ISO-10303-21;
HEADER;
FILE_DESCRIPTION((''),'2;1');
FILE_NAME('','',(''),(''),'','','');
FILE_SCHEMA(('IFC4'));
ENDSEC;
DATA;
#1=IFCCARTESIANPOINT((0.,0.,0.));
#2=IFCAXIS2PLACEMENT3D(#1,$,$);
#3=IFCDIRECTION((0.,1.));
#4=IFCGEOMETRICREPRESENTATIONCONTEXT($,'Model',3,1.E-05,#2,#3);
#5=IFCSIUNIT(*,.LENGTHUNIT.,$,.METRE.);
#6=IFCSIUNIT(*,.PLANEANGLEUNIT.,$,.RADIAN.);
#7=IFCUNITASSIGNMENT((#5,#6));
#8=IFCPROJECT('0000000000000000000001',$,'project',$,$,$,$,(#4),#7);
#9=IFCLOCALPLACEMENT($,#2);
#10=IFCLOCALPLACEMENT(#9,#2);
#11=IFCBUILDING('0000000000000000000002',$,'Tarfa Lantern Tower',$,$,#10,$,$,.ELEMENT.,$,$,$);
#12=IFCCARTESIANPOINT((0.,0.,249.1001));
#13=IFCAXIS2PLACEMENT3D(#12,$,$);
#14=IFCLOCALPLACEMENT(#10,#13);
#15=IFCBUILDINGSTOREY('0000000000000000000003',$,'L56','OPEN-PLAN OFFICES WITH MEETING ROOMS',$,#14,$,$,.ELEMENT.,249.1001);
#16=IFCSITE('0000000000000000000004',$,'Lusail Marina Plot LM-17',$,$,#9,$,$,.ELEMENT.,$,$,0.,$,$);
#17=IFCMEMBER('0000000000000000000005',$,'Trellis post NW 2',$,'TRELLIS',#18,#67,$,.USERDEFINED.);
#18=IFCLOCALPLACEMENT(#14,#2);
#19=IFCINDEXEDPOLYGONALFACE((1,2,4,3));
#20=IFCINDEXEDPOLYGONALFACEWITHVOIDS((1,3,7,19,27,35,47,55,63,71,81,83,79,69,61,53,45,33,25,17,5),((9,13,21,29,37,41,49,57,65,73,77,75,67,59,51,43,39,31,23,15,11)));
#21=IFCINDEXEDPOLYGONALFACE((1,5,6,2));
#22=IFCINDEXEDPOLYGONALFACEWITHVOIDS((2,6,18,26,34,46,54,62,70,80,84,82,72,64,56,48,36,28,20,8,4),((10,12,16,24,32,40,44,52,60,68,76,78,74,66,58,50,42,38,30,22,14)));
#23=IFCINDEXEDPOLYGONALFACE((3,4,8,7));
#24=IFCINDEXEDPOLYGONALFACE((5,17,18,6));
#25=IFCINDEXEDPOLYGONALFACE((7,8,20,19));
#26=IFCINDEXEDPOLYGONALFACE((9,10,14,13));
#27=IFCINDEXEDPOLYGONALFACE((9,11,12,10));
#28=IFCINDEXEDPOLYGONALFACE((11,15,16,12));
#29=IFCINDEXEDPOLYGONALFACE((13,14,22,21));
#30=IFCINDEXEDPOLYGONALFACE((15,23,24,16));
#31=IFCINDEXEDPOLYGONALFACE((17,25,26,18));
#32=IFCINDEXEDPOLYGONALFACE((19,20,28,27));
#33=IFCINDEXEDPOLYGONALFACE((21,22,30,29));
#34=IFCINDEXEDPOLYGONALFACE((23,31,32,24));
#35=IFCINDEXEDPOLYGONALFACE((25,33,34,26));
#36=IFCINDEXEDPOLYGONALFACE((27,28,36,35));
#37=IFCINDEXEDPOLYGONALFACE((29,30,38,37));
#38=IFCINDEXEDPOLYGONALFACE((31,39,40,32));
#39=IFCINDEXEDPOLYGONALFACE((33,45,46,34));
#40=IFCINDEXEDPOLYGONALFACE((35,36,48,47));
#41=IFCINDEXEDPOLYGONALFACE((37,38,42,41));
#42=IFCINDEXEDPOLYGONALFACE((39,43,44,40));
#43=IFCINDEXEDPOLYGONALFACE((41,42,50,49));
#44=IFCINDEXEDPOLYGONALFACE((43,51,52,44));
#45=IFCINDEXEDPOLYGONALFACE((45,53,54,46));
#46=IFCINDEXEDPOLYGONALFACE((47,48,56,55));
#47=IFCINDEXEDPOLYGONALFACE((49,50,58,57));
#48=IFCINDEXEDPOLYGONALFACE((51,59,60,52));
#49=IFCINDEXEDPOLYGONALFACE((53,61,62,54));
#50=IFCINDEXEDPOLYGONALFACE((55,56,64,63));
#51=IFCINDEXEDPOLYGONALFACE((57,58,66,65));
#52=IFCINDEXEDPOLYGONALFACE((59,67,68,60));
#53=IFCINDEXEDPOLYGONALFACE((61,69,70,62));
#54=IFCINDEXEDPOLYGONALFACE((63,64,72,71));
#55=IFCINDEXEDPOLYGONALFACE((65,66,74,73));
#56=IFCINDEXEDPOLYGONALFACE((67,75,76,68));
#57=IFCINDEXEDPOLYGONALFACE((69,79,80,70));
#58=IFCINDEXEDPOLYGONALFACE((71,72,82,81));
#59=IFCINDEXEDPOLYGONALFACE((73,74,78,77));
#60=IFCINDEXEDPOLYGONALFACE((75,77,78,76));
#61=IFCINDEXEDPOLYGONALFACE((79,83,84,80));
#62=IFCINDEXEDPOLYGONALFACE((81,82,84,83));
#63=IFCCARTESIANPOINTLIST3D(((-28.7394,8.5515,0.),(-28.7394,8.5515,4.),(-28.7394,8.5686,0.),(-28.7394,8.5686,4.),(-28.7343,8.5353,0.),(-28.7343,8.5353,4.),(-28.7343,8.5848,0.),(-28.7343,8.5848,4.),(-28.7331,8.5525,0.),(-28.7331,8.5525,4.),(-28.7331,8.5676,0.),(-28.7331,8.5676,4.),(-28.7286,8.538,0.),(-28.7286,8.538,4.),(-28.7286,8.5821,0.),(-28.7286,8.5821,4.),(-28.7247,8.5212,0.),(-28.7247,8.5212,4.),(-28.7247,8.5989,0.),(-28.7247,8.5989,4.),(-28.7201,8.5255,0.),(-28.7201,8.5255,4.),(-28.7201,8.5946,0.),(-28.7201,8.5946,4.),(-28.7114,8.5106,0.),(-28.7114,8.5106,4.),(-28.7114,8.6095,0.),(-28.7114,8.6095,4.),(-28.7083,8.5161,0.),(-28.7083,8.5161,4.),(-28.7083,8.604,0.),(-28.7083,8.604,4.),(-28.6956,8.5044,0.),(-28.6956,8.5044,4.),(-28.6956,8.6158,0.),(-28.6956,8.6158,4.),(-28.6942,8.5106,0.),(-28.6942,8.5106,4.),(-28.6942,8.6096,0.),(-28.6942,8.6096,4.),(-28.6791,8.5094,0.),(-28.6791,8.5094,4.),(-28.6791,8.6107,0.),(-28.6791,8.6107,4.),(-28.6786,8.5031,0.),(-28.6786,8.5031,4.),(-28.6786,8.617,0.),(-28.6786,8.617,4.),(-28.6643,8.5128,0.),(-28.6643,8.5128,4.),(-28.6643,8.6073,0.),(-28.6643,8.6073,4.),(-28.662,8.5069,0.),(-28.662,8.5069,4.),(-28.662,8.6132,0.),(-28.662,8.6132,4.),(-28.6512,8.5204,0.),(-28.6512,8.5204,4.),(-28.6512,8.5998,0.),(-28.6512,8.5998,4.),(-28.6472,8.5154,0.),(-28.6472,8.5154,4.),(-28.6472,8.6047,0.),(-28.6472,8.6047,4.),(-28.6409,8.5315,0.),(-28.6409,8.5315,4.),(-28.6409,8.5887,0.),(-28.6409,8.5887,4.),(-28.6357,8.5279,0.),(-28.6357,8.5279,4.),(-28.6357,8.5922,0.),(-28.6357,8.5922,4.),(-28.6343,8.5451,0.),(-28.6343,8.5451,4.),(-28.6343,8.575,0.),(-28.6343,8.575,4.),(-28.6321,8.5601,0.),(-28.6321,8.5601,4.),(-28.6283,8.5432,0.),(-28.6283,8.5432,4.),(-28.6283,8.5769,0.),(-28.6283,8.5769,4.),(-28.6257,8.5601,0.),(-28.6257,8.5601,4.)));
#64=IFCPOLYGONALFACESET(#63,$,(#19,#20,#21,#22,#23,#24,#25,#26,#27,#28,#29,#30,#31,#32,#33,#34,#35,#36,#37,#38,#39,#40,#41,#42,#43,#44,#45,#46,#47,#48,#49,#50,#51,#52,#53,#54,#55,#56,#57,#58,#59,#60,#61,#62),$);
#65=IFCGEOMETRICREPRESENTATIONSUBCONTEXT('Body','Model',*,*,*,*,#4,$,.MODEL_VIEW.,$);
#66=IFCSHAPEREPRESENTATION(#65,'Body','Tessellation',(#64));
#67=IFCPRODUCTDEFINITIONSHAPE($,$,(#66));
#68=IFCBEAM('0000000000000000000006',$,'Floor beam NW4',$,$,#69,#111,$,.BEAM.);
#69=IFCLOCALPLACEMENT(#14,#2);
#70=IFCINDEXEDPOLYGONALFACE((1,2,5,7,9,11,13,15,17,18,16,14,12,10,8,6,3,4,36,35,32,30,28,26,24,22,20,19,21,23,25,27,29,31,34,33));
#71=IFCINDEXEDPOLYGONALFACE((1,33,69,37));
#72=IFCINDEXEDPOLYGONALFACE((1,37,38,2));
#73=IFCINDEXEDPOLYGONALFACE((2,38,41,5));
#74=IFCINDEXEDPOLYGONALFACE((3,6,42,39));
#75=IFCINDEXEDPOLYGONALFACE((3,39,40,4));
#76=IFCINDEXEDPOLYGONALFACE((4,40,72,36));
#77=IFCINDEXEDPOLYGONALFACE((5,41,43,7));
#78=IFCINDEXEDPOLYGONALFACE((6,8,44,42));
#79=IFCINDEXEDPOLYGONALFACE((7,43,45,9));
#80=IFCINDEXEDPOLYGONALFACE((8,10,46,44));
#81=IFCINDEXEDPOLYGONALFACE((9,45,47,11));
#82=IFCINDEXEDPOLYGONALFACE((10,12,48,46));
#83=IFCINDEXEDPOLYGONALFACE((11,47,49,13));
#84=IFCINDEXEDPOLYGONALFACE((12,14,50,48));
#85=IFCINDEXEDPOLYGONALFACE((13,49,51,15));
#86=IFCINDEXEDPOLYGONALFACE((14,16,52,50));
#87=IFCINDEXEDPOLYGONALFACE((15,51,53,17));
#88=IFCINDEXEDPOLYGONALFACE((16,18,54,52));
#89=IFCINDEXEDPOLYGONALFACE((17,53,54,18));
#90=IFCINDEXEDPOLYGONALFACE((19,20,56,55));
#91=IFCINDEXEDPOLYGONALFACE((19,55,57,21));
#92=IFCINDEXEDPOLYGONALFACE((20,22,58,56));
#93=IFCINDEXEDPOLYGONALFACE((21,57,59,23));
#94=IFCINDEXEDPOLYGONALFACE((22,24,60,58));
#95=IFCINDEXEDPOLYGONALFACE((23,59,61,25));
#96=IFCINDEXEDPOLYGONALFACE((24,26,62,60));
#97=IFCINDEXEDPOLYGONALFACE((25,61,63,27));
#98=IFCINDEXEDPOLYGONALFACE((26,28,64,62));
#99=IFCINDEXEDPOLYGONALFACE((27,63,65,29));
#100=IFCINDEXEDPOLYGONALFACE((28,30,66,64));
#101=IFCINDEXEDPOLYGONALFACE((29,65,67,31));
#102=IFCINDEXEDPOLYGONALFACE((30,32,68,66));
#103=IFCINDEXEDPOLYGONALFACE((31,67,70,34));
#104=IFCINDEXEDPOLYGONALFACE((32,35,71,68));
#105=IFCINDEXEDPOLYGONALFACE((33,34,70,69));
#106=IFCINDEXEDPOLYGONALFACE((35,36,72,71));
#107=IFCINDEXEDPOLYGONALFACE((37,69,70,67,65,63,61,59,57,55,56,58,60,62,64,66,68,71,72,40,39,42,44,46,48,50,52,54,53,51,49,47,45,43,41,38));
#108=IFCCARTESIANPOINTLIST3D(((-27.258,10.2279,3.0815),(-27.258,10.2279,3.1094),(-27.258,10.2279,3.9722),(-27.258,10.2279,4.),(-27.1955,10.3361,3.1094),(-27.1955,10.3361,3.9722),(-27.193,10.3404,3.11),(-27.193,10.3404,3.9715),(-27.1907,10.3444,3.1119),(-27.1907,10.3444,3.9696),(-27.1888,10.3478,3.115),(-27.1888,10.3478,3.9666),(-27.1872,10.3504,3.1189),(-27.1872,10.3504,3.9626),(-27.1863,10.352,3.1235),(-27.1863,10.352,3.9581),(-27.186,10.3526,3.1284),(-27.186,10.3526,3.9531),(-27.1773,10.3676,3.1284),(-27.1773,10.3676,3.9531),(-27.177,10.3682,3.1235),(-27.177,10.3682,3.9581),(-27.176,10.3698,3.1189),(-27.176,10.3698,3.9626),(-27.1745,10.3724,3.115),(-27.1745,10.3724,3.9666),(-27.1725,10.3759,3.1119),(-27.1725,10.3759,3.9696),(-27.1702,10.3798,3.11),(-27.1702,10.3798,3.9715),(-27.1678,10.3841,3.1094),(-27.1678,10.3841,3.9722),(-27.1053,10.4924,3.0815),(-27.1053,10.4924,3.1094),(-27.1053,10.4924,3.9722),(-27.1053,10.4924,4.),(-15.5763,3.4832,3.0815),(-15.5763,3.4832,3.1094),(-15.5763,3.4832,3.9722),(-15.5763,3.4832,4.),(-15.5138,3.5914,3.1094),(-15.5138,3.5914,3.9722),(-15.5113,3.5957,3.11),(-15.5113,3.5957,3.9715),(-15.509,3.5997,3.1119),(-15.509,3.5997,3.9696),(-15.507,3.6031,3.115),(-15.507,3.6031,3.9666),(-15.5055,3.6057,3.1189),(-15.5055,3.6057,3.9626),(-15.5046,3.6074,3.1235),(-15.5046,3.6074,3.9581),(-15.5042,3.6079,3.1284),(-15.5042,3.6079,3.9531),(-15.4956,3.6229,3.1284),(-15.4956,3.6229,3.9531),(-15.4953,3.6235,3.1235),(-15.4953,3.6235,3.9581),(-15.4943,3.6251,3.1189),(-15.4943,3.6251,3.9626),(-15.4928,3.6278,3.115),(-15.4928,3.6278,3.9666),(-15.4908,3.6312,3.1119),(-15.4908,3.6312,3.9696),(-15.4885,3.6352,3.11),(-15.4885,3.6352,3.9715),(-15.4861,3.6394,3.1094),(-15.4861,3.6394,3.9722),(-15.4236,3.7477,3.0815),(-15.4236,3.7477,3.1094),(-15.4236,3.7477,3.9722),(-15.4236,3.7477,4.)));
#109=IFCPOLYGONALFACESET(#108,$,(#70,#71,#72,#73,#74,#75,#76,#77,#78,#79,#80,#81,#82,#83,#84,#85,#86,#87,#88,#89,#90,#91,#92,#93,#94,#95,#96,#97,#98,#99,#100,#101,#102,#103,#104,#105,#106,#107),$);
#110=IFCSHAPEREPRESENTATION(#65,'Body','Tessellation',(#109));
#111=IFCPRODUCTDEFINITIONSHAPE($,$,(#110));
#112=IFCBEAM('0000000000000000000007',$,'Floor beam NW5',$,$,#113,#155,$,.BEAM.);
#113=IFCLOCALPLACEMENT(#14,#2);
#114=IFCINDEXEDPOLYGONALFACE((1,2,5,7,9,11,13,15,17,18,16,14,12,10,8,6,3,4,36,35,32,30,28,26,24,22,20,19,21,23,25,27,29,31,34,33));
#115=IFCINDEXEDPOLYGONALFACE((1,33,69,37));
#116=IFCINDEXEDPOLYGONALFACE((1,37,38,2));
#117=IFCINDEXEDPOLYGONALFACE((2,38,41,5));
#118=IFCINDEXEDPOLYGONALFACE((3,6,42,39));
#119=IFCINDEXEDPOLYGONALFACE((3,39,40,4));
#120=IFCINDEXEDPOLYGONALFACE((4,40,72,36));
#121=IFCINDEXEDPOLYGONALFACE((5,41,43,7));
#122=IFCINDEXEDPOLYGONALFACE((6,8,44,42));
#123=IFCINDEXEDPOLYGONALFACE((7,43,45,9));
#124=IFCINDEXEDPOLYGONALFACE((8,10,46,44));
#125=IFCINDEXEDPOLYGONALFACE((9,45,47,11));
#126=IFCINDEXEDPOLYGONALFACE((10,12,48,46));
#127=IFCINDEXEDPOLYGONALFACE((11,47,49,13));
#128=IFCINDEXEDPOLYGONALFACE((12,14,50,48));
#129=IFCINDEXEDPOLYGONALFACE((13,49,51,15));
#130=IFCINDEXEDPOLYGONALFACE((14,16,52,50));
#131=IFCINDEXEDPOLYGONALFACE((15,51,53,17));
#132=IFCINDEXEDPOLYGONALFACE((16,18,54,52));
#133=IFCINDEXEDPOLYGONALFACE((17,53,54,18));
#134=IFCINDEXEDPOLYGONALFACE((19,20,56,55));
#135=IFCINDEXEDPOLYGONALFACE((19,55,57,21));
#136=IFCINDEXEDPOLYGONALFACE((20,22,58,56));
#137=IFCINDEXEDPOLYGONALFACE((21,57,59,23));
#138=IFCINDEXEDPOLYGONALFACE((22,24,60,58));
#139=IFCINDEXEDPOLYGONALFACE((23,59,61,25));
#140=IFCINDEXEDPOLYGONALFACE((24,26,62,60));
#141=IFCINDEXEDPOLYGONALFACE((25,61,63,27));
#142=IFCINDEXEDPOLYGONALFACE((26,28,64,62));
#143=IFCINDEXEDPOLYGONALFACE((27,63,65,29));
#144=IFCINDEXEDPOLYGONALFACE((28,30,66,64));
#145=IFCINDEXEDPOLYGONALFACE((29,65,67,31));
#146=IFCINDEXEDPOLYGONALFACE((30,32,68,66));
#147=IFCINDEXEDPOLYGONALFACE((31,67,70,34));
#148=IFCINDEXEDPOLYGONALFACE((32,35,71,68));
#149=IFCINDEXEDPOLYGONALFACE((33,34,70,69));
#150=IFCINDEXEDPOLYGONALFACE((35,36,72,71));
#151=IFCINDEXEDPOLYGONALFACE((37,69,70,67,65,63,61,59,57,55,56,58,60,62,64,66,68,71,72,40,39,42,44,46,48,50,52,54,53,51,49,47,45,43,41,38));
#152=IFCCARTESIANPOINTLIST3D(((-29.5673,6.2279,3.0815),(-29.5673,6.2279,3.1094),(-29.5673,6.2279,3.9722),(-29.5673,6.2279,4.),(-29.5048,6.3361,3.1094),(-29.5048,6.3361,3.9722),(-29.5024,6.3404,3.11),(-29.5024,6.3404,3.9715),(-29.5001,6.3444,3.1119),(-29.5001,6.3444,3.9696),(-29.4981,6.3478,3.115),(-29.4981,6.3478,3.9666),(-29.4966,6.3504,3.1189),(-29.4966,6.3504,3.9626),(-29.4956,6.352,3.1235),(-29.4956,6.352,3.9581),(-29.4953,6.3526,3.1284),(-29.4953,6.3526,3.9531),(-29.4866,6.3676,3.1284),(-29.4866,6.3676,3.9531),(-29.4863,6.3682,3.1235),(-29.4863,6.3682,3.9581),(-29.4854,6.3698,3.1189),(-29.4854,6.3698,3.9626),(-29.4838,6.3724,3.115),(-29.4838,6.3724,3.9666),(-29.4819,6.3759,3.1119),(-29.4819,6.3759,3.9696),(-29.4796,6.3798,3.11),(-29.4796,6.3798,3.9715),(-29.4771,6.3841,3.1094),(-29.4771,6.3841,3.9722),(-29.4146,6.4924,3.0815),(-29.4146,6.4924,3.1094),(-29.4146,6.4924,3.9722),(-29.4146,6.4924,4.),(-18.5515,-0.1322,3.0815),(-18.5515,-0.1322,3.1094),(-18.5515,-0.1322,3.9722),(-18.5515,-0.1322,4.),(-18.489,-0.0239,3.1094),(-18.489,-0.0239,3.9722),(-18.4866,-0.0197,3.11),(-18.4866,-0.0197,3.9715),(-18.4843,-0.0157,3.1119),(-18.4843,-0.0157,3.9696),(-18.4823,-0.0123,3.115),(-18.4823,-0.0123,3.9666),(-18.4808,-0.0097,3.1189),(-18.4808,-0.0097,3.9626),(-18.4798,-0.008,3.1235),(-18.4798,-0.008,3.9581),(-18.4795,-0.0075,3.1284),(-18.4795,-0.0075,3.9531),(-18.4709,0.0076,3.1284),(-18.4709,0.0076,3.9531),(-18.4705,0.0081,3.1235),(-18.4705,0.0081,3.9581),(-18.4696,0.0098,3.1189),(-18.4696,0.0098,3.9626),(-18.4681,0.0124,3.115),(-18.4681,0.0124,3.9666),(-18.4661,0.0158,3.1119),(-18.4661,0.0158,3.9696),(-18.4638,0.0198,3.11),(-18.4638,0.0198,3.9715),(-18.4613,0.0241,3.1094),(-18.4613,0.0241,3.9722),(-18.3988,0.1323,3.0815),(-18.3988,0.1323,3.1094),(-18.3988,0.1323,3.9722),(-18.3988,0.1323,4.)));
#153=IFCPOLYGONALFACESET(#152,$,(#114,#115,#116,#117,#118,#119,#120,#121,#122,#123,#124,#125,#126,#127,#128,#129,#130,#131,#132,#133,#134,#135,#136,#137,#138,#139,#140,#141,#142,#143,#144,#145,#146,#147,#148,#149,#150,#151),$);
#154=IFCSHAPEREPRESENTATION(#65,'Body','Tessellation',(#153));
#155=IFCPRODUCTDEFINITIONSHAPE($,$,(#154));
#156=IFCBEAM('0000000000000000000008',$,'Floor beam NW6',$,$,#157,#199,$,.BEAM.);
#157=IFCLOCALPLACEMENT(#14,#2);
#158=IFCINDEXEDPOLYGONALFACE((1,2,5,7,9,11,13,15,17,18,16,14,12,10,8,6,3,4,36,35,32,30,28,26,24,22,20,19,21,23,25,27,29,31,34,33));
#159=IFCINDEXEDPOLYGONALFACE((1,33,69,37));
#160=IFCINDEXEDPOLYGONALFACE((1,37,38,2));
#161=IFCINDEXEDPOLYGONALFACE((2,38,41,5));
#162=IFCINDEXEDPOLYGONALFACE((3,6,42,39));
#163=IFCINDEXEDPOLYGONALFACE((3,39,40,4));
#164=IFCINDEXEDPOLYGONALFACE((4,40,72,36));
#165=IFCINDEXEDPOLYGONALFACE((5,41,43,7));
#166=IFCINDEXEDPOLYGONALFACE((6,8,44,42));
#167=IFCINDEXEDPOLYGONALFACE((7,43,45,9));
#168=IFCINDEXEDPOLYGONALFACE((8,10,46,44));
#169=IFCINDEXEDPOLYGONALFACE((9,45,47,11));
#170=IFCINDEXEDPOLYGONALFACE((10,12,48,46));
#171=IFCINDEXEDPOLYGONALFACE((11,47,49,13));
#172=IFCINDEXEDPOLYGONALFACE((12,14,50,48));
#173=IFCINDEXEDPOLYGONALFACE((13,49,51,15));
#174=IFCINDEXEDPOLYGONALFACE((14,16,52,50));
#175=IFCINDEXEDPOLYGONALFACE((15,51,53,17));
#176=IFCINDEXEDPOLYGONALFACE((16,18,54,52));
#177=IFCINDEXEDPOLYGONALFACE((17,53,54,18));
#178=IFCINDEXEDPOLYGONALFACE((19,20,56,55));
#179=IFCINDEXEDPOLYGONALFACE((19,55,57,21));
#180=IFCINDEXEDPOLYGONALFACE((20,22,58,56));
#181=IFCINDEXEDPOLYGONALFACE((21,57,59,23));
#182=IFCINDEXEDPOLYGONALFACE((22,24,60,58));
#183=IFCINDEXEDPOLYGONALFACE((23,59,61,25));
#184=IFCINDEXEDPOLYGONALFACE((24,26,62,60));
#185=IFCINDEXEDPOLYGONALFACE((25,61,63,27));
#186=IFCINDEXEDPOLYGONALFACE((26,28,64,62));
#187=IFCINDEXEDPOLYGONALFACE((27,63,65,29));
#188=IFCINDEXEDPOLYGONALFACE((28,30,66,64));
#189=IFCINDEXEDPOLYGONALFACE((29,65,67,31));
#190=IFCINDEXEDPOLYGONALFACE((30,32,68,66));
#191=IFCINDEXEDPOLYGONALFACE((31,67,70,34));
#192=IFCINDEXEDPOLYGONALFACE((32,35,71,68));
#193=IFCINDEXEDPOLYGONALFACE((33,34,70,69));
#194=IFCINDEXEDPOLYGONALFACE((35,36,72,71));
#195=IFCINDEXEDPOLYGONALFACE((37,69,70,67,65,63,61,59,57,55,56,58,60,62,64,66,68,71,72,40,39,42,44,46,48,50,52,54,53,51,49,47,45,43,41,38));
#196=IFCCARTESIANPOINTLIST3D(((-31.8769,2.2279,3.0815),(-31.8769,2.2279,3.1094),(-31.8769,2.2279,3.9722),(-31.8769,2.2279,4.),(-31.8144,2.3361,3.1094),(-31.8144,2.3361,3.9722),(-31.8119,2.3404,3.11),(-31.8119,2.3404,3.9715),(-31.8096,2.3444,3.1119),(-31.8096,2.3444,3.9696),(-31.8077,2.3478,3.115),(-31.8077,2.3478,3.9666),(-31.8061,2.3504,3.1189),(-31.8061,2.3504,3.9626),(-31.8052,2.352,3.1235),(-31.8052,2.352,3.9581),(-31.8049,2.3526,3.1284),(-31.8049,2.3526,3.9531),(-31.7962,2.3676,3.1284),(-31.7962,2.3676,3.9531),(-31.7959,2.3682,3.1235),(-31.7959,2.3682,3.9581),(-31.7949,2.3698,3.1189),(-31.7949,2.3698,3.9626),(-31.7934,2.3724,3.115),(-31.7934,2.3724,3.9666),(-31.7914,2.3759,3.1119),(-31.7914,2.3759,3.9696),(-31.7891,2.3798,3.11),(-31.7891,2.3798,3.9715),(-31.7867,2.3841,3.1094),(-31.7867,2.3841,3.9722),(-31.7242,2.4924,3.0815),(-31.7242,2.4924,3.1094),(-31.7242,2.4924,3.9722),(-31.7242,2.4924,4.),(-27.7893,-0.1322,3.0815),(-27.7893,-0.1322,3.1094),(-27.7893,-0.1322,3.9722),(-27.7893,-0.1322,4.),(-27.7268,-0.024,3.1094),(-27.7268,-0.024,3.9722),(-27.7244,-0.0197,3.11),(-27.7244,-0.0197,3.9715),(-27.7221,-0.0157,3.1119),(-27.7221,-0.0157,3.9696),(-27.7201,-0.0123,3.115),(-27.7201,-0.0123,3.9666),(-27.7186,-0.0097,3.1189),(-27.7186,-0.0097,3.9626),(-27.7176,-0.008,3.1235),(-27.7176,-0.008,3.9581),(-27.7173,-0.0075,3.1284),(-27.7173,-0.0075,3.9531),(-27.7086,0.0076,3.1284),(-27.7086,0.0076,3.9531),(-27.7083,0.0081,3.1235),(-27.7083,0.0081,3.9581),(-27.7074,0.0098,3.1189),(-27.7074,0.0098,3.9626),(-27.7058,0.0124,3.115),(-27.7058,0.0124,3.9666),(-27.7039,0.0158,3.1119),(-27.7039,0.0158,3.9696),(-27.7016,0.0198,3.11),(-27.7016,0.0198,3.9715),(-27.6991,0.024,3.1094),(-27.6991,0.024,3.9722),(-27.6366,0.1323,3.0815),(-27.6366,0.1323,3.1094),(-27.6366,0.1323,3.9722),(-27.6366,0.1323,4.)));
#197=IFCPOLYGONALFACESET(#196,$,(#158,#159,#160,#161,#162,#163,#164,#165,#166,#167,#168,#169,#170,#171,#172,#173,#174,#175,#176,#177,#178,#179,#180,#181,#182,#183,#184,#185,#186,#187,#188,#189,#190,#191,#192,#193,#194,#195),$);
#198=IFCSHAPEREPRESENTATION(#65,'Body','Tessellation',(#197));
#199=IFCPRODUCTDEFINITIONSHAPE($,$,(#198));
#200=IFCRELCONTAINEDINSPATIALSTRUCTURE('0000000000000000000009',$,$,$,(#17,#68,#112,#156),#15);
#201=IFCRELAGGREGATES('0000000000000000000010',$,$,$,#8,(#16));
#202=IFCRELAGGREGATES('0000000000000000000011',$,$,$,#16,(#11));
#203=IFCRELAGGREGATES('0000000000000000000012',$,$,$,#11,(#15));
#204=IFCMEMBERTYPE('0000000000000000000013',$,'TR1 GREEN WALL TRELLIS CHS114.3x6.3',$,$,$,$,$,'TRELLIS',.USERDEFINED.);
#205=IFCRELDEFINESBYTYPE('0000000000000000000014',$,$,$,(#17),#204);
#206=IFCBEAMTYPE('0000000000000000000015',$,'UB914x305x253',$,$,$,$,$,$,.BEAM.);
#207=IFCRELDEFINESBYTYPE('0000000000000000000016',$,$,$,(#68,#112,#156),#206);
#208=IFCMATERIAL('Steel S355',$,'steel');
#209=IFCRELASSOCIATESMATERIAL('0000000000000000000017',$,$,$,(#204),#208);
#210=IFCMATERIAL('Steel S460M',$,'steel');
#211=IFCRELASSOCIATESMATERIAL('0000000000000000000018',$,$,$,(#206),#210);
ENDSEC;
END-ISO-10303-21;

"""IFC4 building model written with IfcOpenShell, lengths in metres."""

from ifc_helpers import new_model, si_unit, direction, frame, origin, origin_2d, place, context, subcontext, project, spatial, hollow_circle, i_section, extrude, material, material_profile, profile_set, type_object, element, save


model = new_model("IFC4")

# Units and contexts
model_context = context("Model", 3, precision=1e-05, world=origin(), true_north=direction((0.0, 1.0)))
body_context = subcontext(model_context, "Body", "Model", "MODEL_VIEW")
ifc_project = project(units=[si_unit("LENGTHUNIT", "METRE"), si_unit("PLANEANGLEUNIT", "RADIAN")], contexts=[model_context])

# Site, building, storey
site_placement = place(None, origin())
site = spatial("IfcSite", under=ifc_project, at=site_placement, Name="Lusail Marina Plot LM-17", CompositionType="ELEMENT", RefElevation=0.0)
building_placement = place(site_placement, origin())
building = spatial("IfcBuilding", under=site, at=building_placement, Name="Tarfa Lantern Tower", CompositionType="ELEMENT")
storey_placement = place(building_placement, frame((0.0, 0.0, 249.1001)))
storey = spatial("IfcBuildingStorey", under=building, at=storey_placement, Name="L56", Description="OPEN-PLAN OFFICES WITH MEETING ROOMS", CompositionType="ELEMENT", Elevation=249.1001)

# Member
ifc_material_1 = material(Name="Steel S355", Category="steel")
ifc_material_profile_1 = material_profile(ifc_material_1, hollow_circle(Radius=0.0571, WallThickness=0.0063, at=origin_2d()), Name="CHS114.3x6.3")
ifc_profile_set_1 = profile_set([ifc_material_profile_1], Name="Steel S355")
member_type_1 = type_object("IfcMemberType", Name="TR1 GREEN WALL TRELLIS CHS114.3x6.3", ElementType="TRELLIS", PredefinedType="USERDEFINED", material=ifc_profile_set_1)
member_1_placement = place(storey_placement, frame((-28.6829, 8.5601, 0.0), z_axis=(0.0, 0.0, 1.0), x_axis=(1.0, 0.0, 0.0)))
element("IfcMember", 1, at=member_1_placement, inside=storey, type_object=member_type_1, Name="Trellis post NW 2", ObjectType="TRELLIS", PredefinedType="USERDEFINED", context=body_context, shape_type="SweptSolid", body=[
    extrude(hollow_circle(Radius=0.0571, WallThickness=0.0063, at=origin_2d()), origin(), (0.0, 0.0, 1.0), 4.0),
])

# Beams
ifc_material_2 = material(Name="Steel S460M", Category="steel")
ifc_material_profile_2 = material_profile(ifc_material_2, i_section(OverallWidth=0.3054, OverallDepth=0.9185, WebThickness=0.0173, FlangeThickness=0.0278, FilletRadius=0.019, at=origin_2d()), Name="UB914x305x253")
ifc_profile_set_2 = profile_set([ifc_material_profile_2], Name="Steel S460M")
beam_type_1 = type_object("IfcBeamType", Name="UB914x305x253", PredefinedType="BEAM", material=ifc_profile_set_2)
beam_1_placement = place(storey_placement, frame((-27.1816, 10.3601, 3.5408), z_axis=(0.866018, -0.500013, 0.0), x_axis=(0.500013, 0.866018, 0.0)))
element("IfcBeam", 2, at=beam_1_placement, inside=storey, type_object=beam_type_1, Name="Floor beam NW4", PredefinedType="BEAM", context=body_context, shape_type="SweptSolid", body=[
    extrude(i_section(OverallWidth=0.3054, OverallDepth=0.9185, WebThickness=0.0173, FlangeThickness=0.0278, FilletRadius=0.019, at=origin_2d()), origin(), (0.0, 0.0, 1.0), 13.489),
])
beam_2_placement = place(storey_placement, frame((-29.491, 6.3601, 3.5408), z_axis=(0.866022, -0.500005, 0.0), x_axis=(0.500005, 0.866022, 0.0)))
element("IfcBeam", 3, at=beam_2_placement, inside=storey, type_object=beam_type_1, Name="Floor beam NW5", PredefinedType="BEAM", context=body_context, shape_type="SweptSolid", body=[
    extrude(i_section(OverallWidth=0.3054, OverallDepth=0.9185, WebThickness=0.0173, FlangeThickness=0.0278, FilletRadius=0.019, at=origin_2d()), origin(), (0.0, 0.0, 1.0), 12.72),
])
beam_3_placement = place(storey_placement, frame((-31.8005, 2.3601, 3.5408), z_axis=(0.866016, -0.500016, 0.0), x_axis=(0.500016, 0.866016, 0.0)))
element("IfcBeam", 4, at=beam_3_placement, inside=storey, type_object=beam_type_1, Name="Floor beam NW6", PredefinedType="BEAM", context=body_context, shape_type="SweptSolid", body=[
    extrude(i_section(OverallWidth=0.3054, OverallDepth=0.9185, WebThickness=0.0173, FlangeThickness=0.0278, FilletRadius=0.019, at=origin_2d()), origin(), (0.0, 0.0, 1.0), 4.72),
])

save(model, "model.ifc")
